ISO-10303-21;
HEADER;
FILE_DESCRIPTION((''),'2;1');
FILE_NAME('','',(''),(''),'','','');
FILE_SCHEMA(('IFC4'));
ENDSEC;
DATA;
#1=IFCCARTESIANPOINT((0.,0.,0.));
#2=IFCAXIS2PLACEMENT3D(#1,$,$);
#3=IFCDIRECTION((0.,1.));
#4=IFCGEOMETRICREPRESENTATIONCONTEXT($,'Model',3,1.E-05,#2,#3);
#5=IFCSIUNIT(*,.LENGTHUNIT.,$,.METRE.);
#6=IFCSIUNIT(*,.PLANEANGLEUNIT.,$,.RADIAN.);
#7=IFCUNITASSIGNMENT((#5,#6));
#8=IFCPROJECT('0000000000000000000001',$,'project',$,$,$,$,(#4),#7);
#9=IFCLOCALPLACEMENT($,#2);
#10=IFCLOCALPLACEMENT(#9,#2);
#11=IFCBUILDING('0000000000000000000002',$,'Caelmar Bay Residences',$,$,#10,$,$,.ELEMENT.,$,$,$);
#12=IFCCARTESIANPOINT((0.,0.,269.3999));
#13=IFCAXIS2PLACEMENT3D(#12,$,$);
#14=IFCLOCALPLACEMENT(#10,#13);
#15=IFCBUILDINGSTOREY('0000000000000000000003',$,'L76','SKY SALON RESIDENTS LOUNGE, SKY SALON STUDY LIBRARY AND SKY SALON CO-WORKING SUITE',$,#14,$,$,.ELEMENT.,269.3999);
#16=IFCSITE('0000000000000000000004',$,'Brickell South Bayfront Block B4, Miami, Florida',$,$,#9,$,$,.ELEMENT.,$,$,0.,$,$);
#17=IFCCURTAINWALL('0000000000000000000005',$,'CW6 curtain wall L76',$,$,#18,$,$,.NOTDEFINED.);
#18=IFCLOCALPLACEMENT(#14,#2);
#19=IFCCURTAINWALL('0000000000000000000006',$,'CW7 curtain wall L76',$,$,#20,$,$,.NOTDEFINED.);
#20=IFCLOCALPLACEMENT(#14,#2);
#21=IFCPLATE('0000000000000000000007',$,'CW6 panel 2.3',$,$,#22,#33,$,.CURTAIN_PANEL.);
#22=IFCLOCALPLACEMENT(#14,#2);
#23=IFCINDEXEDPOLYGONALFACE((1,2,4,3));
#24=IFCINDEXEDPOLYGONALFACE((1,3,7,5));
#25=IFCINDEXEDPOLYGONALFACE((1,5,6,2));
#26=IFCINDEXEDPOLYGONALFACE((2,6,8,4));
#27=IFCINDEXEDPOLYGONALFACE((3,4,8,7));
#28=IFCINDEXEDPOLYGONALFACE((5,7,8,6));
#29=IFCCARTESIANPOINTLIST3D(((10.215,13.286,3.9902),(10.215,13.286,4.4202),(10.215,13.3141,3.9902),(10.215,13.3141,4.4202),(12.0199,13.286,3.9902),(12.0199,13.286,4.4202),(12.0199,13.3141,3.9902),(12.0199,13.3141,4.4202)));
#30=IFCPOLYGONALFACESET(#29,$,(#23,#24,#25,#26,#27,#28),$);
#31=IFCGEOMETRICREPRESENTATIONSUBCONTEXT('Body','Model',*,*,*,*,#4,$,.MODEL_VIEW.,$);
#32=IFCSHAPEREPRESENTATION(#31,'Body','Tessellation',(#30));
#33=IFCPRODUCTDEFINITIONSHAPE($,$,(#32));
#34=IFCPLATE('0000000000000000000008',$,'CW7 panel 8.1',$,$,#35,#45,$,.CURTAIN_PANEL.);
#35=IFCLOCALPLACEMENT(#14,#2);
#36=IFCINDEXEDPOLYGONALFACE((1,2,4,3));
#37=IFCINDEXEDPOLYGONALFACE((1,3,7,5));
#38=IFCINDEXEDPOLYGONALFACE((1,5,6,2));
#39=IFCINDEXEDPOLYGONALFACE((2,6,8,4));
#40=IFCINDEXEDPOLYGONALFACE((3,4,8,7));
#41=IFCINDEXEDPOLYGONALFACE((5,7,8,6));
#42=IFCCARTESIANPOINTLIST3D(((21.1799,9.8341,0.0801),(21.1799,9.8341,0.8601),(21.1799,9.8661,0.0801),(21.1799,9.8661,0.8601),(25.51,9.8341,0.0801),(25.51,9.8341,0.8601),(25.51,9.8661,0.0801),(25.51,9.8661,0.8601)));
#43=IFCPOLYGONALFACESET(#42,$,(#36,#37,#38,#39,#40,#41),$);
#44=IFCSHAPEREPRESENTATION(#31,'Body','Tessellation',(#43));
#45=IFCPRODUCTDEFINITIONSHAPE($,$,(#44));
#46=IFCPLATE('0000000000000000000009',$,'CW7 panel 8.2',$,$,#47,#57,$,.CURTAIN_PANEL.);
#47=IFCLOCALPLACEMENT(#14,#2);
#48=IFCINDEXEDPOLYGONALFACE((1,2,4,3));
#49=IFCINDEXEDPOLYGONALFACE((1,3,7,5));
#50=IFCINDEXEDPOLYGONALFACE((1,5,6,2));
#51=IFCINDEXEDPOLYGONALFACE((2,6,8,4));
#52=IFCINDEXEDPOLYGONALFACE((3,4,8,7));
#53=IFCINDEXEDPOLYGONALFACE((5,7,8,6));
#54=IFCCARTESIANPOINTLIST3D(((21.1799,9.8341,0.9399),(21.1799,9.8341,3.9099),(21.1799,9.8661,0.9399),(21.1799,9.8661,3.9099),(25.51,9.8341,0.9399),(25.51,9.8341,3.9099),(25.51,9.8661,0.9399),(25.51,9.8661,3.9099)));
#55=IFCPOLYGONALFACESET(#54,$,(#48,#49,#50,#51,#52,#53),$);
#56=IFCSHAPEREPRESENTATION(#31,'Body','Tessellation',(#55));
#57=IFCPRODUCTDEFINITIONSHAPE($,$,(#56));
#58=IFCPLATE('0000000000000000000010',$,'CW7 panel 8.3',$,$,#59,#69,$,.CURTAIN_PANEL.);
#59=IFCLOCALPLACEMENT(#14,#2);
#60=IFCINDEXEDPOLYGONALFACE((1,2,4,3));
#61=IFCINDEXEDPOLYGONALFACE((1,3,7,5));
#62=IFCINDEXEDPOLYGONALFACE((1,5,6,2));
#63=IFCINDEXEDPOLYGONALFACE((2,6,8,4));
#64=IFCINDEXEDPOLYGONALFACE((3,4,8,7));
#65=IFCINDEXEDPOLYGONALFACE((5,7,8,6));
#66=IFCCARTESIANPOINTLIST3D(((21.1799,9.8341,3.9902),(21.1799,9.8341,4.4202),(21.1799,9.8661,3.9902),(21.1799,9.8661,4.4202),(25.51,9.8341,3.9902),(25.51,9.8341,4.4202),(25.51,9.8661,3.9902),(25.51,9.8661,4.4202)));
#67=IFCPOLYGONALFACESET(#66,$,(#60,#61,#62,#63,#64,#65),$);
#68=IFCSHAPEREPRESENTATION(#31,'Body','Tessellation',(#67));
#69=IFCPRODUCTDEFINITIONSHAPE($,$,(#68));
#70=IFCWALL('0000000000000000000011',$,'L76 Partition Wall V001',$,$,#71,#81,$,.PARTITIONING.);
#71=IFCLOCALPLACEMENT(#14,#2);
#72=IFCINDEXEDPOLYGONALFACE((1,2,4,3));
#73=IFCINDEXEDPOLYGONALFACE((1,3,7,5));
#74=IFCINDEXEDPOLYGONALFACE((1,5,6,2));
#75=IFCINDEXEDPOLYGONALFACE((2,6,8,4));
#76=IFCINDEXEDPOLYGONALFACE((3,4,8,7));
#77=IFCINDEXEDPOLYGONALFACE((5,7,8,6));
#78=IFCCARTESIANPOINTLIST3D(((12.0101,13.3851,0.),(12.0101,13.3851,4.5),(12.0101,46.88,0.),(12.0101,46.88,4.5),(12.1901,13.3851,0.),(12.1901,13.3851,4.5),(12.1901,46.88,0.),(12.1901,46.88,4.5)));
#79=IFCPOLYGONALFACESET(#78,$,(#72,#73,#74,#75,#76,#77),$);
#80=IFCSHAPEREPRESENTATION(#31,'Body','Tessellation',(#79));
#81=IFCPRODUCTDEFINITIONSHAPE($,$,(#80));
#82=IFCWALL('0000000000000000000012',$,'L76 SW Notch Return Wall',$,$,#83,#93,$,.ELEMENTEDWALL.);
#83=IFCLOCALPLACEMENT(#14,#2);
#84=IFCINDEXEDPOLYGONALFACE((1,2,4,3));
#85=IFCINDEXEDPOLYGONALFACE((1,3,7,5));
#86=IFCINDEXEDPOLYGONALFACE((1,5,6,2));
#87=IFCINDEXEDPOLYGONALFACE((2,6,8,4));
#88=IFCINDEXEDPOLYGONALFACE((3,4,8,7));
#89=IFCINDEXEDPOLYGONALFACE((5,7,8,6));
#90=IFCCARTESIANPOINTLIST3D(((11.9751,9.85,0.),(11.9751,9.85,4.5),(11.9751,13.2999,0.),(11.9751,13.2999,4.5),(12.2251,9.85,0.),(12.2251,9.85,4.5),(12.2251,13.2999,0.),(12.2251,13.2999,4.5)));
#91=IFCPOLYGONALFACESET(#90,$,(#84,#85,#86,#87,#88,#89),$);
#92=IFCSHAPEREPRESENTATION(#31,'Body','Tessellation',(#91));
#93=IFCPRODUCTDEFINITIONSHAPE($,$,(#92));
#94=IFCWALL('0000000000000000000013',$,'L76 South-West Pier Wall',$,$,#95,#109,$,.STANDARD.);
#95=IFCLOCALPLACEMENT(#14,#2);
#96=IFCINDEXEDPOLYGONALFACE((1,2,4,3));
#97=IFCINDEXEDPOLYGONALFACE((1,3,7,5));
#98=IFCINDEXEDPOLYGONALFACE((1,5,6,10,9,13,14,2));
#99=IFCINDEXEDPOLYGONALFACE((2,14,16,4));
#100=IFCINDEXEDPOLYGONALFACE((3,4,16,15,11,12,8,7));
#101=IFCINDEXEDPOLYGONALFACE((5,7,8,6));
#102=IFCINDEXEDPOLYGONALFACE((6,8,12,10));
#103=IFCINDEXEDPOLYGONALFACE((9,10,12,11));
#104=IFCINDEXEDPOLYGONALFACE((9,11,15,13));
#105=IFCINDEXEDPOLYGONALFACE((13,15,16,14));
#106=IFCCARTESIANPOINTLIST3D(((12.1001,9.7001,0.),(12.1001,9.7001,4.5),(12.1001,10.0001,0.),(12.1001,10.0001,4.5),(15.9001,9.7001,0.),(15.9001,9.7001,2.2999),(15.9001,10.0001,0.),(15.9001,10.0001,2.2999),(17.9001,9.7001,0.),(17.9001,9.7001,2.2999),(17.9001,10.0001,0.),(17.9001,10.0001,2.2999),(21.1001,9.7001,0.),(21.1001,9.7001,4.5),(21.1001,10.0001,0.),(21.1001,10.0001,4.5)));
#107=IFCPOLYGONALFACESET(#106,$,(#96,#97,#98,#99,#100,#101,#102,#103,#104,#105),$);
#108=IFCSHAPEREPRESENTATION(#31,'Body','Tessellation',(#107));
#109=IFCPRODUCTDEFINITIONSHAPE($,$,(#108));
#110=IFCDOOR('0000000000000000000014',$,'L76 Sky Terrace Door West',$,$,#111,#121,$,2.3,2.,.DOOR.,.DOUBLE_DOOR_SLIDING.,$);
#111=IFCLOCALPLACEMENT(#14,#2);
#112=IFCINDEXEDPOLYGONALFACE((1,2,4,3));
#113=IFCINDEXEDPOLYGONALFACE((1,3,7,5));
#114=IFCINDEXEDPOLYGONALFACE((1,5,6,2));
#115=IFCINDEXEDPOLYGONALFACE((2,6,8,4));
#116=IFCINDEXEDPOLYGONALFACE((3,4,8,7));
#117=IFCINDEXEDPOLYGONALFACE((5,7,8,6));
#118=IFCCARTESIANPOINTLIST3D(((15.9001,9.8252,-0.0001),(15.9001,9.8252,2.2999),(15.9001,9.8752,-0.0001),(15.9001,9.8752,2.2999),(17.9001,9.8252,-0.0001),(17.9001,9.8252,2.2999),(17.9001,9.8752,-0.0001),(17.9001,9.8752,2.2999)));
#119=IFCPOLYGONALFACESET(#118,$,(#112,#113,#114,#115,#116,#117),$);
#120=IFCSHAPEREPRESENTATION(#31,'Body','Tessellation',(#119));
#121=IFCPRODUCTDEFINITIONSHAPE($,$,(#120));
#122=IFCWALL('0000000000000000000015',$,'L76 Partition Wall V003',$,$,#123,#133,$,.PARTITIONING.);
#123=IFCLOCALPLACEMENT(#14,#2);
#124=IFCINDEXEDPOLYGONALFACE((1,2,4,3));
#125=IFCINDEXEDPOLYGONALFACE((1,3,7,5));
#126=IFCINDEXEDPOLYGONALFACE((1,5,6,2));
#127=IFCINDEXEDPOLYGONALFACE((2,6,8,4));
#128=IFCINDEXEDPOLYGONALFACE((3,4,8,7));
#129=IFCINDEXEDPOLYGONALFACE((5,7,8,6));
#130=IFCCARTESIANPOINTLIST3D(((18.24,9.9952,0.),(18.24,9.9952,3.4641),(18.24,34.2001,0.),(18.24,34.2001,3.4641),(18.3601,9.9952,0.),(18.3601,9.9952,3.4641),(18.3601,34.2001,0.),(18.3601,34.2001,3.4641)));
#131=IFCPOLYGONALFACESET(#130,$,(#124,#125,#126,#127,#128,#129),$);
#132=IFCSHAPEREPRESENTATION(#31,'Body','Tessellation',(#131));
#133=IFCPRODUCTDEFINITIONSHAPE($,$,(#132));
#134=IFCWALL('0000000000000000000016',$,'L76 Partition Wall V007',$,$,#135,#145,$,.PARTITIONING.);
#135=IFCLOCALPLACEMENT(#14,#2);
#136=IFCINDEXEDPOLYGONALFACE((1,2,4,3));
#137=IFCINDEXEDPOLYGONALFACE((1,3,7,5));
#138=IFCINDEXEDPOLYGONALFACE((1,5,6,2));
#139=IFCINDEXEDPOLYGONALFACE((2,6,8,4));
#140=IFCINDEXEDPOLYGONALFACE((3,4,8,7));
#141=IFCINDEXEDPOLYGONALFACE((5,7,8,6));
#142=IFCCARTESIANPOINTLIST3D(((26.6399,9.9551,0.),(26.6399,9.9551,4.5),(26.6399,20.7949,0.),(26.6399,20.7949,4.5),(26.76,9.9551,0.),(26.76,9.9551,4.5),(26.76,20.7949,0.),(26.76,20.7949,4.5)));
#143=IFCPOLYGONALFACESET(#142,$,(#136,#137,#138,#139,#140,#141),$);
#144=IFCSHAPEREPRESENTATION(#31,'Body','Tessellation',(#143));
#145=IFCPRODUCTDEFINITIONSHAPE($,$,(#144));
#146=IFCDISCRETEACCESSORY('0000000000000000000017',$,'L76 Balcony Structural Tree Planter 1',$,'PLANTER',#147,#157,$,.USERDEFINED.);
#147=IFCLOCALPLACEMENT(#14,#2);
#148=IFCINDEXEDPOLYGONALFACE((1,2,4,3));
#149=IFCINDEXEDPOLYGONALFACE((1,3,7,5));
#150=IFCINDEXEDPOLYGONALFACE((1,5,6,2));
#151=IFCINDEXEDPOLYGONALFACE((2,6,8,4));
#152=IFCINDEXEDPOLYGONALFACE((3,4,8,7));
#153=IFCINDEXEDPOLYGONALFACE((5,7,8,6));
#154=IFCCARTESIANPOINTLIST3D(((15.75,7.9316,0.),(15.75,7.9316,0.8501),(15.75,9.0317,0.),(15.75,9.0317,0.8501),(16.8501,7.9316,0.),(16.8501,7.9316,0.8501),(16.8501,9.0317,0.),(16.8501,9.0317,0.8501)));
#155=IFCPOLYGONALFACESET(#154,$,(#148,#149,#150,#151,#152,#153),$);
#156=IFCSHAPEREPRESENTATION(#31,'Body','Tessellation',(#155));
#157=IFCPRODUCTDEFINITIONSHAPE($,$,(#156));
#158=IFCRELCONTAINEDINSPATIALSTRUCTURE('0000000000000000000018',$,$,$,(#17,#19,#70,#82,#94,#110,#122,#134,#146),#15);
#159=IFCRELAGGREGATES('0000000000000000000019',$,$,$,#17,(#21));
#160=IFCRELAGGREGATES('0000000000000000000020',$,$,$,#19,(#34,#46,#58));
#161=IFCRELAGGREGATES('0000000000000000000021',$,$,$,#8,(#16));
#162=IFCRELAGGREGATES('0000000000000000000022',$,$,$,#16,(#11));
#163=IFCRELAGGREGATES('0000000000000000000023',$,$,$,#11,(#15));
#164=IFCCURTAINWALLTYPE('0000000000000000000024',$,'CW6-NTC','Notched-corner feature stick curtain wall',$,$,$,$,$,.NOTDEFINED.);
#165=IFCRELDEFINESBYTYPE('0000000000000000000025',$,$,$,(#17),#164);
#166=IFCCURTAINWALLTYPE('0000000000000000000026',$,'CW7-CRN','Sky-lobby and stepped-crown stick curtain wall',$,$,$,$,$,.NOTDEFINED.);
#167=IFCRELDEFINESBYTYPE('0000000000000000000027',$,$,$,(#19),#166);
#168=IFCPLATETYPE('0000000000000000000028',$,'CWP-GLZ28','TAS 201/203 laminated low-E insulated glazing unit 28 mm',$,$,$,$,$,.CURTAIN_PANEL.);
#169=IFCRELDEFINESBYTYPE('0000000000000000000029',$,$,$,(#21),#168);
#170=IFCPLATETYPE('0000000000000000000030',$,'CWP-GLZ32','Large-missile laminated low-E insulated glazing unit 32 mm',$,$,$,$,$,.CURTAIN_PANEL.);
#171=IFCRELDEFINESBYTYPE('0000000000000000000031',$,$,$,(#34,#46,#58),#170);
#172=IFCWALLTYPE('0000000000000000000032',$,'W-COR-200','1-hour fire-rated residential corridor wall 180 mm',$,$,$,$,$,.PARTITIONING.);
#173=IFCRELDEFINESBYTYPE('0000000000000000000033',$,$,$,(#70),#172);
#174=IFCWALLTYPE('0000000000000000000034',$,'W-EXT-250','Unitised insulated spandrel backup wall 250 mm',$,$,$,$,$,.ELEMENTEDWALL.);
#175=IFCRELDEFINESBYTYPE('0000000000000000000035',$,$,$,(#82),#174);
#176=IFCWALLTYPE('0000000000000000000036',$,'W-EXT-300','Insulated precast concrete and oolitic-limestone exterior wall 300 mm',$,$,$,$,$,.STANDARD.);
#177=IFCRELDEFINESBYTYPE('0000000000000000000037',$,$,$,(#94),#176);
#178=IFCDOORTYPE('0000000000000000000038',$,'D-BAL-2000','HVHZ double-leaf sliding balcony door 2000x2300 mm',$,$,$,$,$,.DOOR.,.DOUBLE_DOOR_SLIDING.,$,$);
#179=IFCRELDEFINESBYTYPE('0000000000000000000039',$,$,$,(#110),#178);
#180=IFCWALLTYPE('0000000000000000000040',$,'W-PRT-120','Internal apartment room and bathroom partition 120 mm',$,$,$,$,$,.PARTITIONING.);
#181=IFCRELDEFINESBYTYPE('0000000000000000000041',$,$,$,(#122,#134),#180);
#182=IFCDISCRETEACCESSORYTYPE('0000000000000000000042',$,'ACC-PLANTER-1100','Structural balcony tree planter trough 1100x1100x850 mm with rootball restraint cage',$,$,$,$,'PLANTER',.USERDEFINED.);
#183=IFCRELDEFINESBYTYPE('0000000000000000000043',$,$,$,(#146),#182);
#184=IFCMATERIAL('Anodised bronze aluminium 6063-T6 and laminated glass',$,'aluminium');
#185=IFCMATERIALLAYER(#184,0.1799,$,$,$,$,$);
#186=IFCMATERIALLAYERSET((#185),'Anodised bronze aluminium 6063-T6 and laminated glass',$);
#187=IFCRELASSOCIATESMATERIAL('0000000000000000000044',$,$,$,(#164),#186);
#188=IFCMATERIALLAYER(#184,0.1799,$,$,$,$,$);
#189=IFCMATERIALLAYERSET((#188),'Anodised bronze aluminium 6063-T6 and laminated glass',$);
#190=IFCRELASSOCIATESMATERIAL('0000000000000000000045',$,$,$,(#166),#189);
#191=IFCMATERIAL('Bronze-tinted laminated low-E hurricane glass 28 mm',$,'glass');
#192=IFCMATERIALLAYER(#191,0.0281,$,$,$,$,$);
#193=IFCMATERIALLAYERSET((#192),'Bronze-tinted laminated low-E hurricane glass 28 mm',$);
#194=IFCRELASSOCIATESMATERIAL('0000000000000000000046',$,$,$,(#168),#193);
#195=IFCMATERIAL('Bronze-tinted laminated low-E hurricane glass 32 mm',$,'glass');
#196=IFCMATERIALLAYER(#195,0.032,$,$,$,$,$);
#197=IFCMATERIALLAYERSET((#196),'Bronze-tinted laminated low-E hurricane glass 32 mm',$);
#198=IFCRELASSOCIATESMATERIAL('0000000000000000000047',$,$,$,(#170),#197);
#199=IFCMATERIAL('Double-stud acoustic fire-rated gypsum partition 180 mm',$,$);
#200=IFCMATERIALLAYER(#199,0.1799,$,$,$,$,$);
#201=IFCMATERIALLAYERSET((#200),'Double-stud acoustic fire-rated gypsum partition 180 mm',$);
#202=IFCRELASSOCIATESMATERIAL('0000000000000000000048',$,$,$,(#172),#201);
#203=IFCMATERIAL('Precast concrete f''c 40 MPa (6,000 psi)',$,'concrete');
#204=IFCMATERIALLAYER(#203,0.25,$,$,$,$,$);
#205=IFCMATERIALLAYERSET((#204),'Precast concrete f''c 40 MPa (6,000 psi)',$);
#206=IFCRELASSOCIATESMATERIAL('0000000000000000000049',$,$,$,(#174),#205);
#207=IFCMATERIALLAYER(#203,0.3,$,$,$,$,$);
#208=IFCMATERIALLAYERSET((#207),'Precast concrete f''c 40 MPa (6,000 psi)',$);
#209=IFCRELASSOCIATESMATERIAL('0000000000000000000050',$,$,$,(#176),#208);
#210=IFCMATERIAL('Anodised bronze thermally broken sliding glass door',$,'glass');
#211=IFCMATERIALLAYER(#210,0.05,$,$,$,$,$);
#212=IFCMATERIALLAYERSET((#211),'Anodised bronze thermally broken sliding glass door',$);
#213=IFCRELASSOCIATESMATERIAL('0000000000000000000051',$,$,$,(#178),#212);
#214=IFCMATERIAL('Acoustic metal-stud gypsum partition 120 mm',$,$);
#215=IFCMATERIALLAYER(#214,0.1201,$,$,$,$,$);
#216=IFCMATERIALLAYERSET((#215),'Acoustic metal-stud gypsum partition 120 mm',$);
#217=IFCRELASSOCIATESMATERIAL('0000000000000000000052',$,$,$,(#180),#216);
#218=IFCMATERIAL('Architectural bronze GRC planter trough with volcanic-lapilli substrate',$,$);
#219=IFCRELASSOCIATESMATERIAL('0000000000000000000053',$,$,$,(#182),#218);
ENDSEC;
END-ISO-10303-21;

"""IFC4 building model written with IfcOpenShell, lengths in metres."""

from ifc_helpers import new_model, si_unit, direction, frame, frame_2d, origin, origin_2d, place, context, subcontext, project, spatial, rectangle, extrude, material, layer, layer_set, type_object, element, fill, aggregate, save


model = new_model("IFC4")

# Units and contexts
model_context = context("Model", 3, precision=1e-05, world=origin(), true_north=direction((0.0, 1.0)))
body_context = subcontext(model_context, "Body", "Model", "MODEL_VIEW")
ifc_project = project(units=[si_unit("LENGTHUNIT", "METRE"), si_unit("PLANEANGLEUNIT", "RADIAN")], contexts=[model_context])

# Site, building, storey
site_placement = place(None, origin())
site = spatial("IfcSite", under=ifc_project, at=site_placement, Name="Brickell South Bayfront Block B4, Miami, Florida", CompositionType="ELEMENT", RefElevation=0.0)
building_placement = place(site_placement, origin())
building = spatial("IfcBuilding", under=site, at=building_placement, Name="Caelmar Bay Residences", CompositionType="ELEMENT")
storey_placement = place(building_placement, frame((0.0, 0.0, 269.3999)))
storey = spatial("IfcBuildingStorey", under=building, at=storey_placement, Name="L76", Description="SKY SALON RESIDENTS LOUNGE, SKY SALON STUDY LIBRARY AND SKY SALON CO-WORKING SUITE", CompositionType="ELEMENT", Elevation=269.3999)

# Curtain wall
ifc_material_1 = material(Name="Anodised bronze aluminium 6063-T6 and laminated glass", Category="aluminium")
ifc_layer_1 = layer(ifc_material_1, 0.1799)
ifc_layer_set_1 = layer_set([ifc_layer_1], Name="Anodised bronze aluminium 6063-T6 and laminated glass")
curtain_wall_type_1 = type_object("IfcCurtainWallType", Name="CW6-NTC", Description="Notched-corner feature stick curtain wall", PredefinedType="NOTDEFINED", material=ifc_layer_set_1)
curtain_wall_1_placement = place(storey_placement, origin())
curtain_wall_1 = element("IfcCurtainWall", 1, at=curtain_wall_1_placement, inside=storey, type_object=curtain_wall_type_1, Name="CW6 curtain wall L76", PredefinedType="NOTDEFINED")

# Curtain wall
ifc_layer_2 = layer(ifc_material_1, 0.1799)
ifc_layer_set_2 = layer_set([ifc_layer_2], Name="Anodised bronze aluminium 6063-T6 and laminated glass")
curtain_wall_type_2 = type_object("IfcCurtainWallType", Name="CW7-CRN", Description="Sky-lobby and stepped-crown stick curtain wall", PredefinedType="NOTDEFINED", material=ifc_layer_set_2)
curtain_wall_2_placement = place(storey_placement, origin())
curtain_wall_2 = element("IfcCurtainWall", 2, at=curtain_wall_2_placement, inside=storey, type_object=curtain_wall_type_2, Name="CW7 curtain wall L76", PredefinedType="NOTDEFINED")

# Plates
ifc_material_2 = material(Name="Bronze-tinted laminated low-E hurricane glass 28 mm", Category="glass")
ifc_layer_3 = layer(ifc_material_2, 0.0281)
ifc_layer_set_3 = layer_set([ifc_layer_3], Name="Bronze-tinted laminated low-E hurricane glass 28 mm")
plate_type_1 = type_object("IfcPlateType", Name="CWP-GLZ28", Description="TAS 201/203 laminated low-E insulated glazing unit 28 mm", PredefinedType="CURTAIN_PANEL", material=ifc_layer_set_3)
plate_1_placement = place(storey_placement, frame((11.1174, 13.3, 3.9902), z_axis=(0.0, 0.0, 1.0), x_axis=(1.0, 0.0, 0.0)))
plate_1 = element("IfcPlate", 3, at=plate_1_placement, type_object=plate_type_1, Name="CW6 panel 2.3", PredefinedType="CURTAIN_PANEL", context=body_context, shape_type="SweptSolid", body=[
    extrude(rectangle(XDim=1.8049, YDim=0.0281, at=origin_2d()), origin(), (0.0, 0.0, 1.0), 0.4299),
])
aggregate(curtain_wall_1, [plate_1])
ifc_material_3 = material(Name="Bronze-tinted laminated low-E hurricane glass 32 mm", Category="glass")
ifc_layer_4 = layer(ifc_material_3, 0.032)
ifc_layer_set_4 = layer_set([ifc_layer_4], Name="Bronze-tinted laminated low-E hurricane glass 32 mm")
plate_type_2 = type_object("IfcPlateType", Name="CWP-GLZ32", Description="Large-missile laminated low-E insulated glazing unit 32 mm", PredefinedType="CURTAIN_PANEL", material=ifc_layer_set_4)
plate_2_placement = place(storey_placement, frame((23.345, 9.8501, 0.0801), z_axis=(0.0, 0.0, 1.0), x_axis=(-1.0, 0.0, 0.0)))
plate_2 = element("IfcPlate", 4, at=plate_2_placement, type_object=plate_type_2, Name="CW7 panel 8.1", PredefinedType="CURTAIN_PANEL", context=body_context, shape_type="SweptSolid", body=[
    extrude(rectangle(XDim=4.3301, YDim=0.032, at=origin_2d()), origin(), (0.0, 0.0, 1.0), 0.78),
])
plate_3_placement = place(storey_placement, frame((23.345, 9.8501, 0.9399), z_axis=(0.0, 0.0, 1.0), x_axis=(-1.0, 0.0, 0.0)))
plate_3 = element("IfcPlate", 5, at=plate_3_placement, type_object=plate_type_2, Name="CW7 panel 8.2", PredefinedType="CURTAIN_PANEL", context=body_context, shape_type="SweptSolid", body=[
    extrude(rectangle(XDim=4.3301, YDim=0.032, at=origin_2d()), origin(), (0.0, 0.0, 1.0), 2.97),
])
plate_4_placement = place(storey_placement, frame((23.345, 9.8501, 3.9902), z_axis=(0.0, 0.0, 1.0), x_axis=(-1.0, 0.0, 0.0)))
plate_4 = element("IfcPlate", 6, at=plate_4_placement, type_object=plate_type_2, Name="CW7 panel 8.3", PredefinedType="CURTAIN_PANEL", context=body_context, shape_type="SweptSolid", body=[
    extrude(rectangle(XDim=4.3301, YDim=0.032, at=origin_2d()), origin(), (0.0, 0.0, 1.0), 0.4299),
])
aggregate(curtain_wall_2, [plate_2, plate_3, plate_4])

# Walls
ifc_material_4 = material(Name="Double-stud acoustic fire-rated gypsum partition 180 mm")
ifc_layer_5 = layer(ifc_material_4, 0.1799)
ifc_layer_set_5 = layer_set([ifc_layer_5], Name="Double-stud acoustic fire-rated gypsum partition 180 mm")
wall_type_1 = type_object("IfcWallType", Name="W-COR-200", Description="1-hour fire-rated residential corridor wall 180 mm", PredefinedType="PARTITIONING", material=ifc_layer_set_5)
wall_1_placement = place(storey_placement, frame((12.1001, 13.385, 0.0), z_axis=(0.0, 0.0, 1.0), x_axis=(0.0, 1.0, 0.0)))
element("IfcWall", 7, at=wall_1_placement, inside=storey, type_object=wall_type_1, Name="L76 Partition Wall V001", PredefinedType="PARTITIONING", context=body_context, shape_type="SweptSolid", body=[
    extrude(rectangle(XDim=33.4949, YDim=0.1799, at=frame_2d((16.7476, 0.0))), origin(), (0.0, 0.0, 1.0), 4.5),
])
ifc_material_5 = material(Name="Precast concrete f'c 40 MPa (6,000 psi)", Category="concrete")
ifc_layer_6 = layer(ifc_material_5, 0.25)
ifc_layer_set_6 = layer_set([ifc_layer_6], Name="Precast concrete f'c 40 MPa (6,000 psi)")
wall_type_2 = type_object("IfcWallType", Name="W-EXT-250", Description="Unitised insulated spandrel backup wall 250 mm", PredefinedType="ELEMENTEDWALL", material=ifc_layer_set_6)
wall_2_placement = place(storey_placement, frame((12.1001, 13.3, 0.0), z_axis=(0.0, 0.0, 1.0), x_axis=(0.0, -1.0, 0.0)))
element("IfcWall", 8, at=wall_2_placement, inside=storey, type_object=wall_type_2, Name="L76 SW Notch Return Wall", PredefinedType="ELEMENTEDWALL", context=body_context, shape_type="SweptSolid", body=[
    extrude(rectangle(XDim=3.45, YDim=0.25, at=frame_2d((1.7251, 0.0))), origin(), (0.0, 0.0, 1.0), 4.5),
])

# Wall, opening, door
ifc_layer_7 = layer(ifc_material_5, 0.3)
ifc_layer_set_7 = layer_set([ifc_layer_7], Name="Precast concrete f'c 40 MPa (6,000 psi)")
wall_type_3 = type_object("IfcWallType", Name="W-EXT-300", Description="Insulated precast concrete and oolitic-limestone exterior wall 300 mm", PredefinedType="STANDARD", material=ifc_layer_set_7)
wall_3_placement = place(storey_placement, frame((21.1001, 9.8501, 0.0), z_axis=(0.0, 0.0, 1.0), x_axis=(-1.0, 0.0, 0.0)))
wall_3 = element("IfcWall", 9, at=wall_3_placement, inside=storey, type_object=wall_type_3, Name="L76 South-West Pier Wall", PredefinedType="STANDARD", context=body_context, shape_type="SweptSolid", body=[
    extrude(rectangle(XDim=9.0, YDim=0.3, at=frame_2d((4.5, 0.0))), origin(), (0.0, 0.0, 1.0), 4.5),
])
opening_placement = place(wall_3_placement, frame((3.2, 0.0, 0.0)))
opening = element("IfcOpeningElement", 10, at=opening_placement, cuts=wall_3, PredefinedType="OPENING", context=body_context, shape_type="SweptSolid", body=[
    extrude(rectangle(XDim=2.0, YDim=2.3, at=frame_2d((1.0, 1.1499))), frame((0.0, 0.1599, 0.0), z_axis=(0.0, -1.0, 0.0), x_axis=(1.0, 0.0, 0.0)), (0.0, 0.0, 1.0), 0.3201),
])
ifc_material_6 = material(Name="Anodised bronze thermally broken sliding glass door", Category="glass")
ifc_layer_8 = layer(ifc_material_6, 0.05)
ifc_layer_set_8 = layer_set([ifc_layer_8], Name="Anodised bronze thermally broken sliding glass door")
door_type = type_object("IfcDoorType", Name="D-BAL-2000", Description="HVHZ double-leaf sliding balcony door 2000x2300 mm", OperationType="DOUBLE_DOOR_SLIDING", PredefinedType="DOOR", material=ifc_layer_set_8)
door_placement = place(opening_placement, origin())
door = element("IfcDoor", 11, at=door_placement, inside=storey, type_object=door_type, Name="L76 Sky Terrace Door West", OperationType="DOUBLE_DOOR_SLIDING", OverallHeight=2.3, OverallWidth=2.0, PredefinedType="DOOR", context=body_context, shape_type="SweptSolid", body=[
    extrude(rectangle(XDim=2.0, YDim=2.3, at=frame_2d((1.0, 1.1499))), frame((0.0, 0.0249, 0.0), z_axis=(0.0, -1.0, 0.0), x_axis=(1.0, 0.0, 0.0)), (0.0, 0.0, 1.0), 0.05),
])
fill(opening, door)

# Walls
ifc_material_7 = material(Name="Acoustic metal-stud gypsum partition 120 mm")
ifc_layer_9 = layer(ifc_material_7, 0.1201)
ifc_layer_set_9 = layer_set([ifc_layer_9], Name="Acoustic metal-stud gypsum partition 120 mm")
wall_type_4 = type_object("IfcWallType", Name="W-PRT-120", Description="Internal apartment room and bathroom partition 120 mm", PredefinedType="PARTITIONING", material=ifc_layer_set_9)
wall_4_placement = place(storey_placement, frame((18.3, 9.9951, 0.0), z_axis=(0.0, 0.0, 1.0), x_axis=(0.0, 1.0, 0.0)))
element("IfcWall", 12, at=wall_4_placement, inside=storey, type_object=wall_type_4, Name="L76 Partition Wall V003", PredefinedType="PARTITIONING", context=body_context, shape_type="SweptSolid", body=[
    extrude(rectangle(XDim=24.2048, YDim=0.1201, at=frame_2d((12.1025, 0.0))), origin(), (0.0, 0.0, 1.0), 3.4641),
])
wall_5_placement = place(storey_placement, frame((26.7, 9.9551, 0.0), z_axis=(0.0, 0.0, 1.0), x_axis=(0.0, 1.0, 0.0)))
element("IfcWall", 13, at=wall_5_placement, inside=storey, type_object=wall_type_4, Name="L76 Partition Wall V007", PredefinedType="PARTITIONING", context=body_context, shape_type="SweptSolid", body=[
    extrude(rectangle(XDim=10.8398, YDim=0.1201, at=frame_2d((5.4199, 0.0))), origin(), (0.0, 0.0, 1.0), 4.5),
])

# Discrete accessory
ifc_material_8 = material(Name="Architectural bronze GRC planter trough with volcanic-lapilli substrate")
discrete_accessory_type = type_object("IfcDiscreteAccessoryType", Name="ACC-PLANTER-1100", Description="Structural balcony tree planter trough 1100x1100x850 mm with rootball restraint cage", ElementType="PLANTER", PredefinedType="USERDEFINED", material=ifc_material_8)
discrete_accessory_placement = place(storey_placement, frame((16.3, 8.4817, 0.0), z_axis=(0.0, 0.0, 1.0), x_axis=(1.0, 0.0, 0.0)))
element("IfcDiscreteAccessory", 14, at=discrete_accessory_placement, inside=storey, type_object=discrete_accessory_type, Name="L76 Balcony Structural Tree Planter 1", ObjectType="PLANTER", PredefinedType="USERDEFINED", context=body_context, shape_type="SweptSolid", body=[
    extrude(rectangle(XDim=1.1001, YDim=1.1001, at=origin_2d()), origin(), (0.0, 0.0, 1.0), 0.8501),
])

save(model, "model.ifc")
